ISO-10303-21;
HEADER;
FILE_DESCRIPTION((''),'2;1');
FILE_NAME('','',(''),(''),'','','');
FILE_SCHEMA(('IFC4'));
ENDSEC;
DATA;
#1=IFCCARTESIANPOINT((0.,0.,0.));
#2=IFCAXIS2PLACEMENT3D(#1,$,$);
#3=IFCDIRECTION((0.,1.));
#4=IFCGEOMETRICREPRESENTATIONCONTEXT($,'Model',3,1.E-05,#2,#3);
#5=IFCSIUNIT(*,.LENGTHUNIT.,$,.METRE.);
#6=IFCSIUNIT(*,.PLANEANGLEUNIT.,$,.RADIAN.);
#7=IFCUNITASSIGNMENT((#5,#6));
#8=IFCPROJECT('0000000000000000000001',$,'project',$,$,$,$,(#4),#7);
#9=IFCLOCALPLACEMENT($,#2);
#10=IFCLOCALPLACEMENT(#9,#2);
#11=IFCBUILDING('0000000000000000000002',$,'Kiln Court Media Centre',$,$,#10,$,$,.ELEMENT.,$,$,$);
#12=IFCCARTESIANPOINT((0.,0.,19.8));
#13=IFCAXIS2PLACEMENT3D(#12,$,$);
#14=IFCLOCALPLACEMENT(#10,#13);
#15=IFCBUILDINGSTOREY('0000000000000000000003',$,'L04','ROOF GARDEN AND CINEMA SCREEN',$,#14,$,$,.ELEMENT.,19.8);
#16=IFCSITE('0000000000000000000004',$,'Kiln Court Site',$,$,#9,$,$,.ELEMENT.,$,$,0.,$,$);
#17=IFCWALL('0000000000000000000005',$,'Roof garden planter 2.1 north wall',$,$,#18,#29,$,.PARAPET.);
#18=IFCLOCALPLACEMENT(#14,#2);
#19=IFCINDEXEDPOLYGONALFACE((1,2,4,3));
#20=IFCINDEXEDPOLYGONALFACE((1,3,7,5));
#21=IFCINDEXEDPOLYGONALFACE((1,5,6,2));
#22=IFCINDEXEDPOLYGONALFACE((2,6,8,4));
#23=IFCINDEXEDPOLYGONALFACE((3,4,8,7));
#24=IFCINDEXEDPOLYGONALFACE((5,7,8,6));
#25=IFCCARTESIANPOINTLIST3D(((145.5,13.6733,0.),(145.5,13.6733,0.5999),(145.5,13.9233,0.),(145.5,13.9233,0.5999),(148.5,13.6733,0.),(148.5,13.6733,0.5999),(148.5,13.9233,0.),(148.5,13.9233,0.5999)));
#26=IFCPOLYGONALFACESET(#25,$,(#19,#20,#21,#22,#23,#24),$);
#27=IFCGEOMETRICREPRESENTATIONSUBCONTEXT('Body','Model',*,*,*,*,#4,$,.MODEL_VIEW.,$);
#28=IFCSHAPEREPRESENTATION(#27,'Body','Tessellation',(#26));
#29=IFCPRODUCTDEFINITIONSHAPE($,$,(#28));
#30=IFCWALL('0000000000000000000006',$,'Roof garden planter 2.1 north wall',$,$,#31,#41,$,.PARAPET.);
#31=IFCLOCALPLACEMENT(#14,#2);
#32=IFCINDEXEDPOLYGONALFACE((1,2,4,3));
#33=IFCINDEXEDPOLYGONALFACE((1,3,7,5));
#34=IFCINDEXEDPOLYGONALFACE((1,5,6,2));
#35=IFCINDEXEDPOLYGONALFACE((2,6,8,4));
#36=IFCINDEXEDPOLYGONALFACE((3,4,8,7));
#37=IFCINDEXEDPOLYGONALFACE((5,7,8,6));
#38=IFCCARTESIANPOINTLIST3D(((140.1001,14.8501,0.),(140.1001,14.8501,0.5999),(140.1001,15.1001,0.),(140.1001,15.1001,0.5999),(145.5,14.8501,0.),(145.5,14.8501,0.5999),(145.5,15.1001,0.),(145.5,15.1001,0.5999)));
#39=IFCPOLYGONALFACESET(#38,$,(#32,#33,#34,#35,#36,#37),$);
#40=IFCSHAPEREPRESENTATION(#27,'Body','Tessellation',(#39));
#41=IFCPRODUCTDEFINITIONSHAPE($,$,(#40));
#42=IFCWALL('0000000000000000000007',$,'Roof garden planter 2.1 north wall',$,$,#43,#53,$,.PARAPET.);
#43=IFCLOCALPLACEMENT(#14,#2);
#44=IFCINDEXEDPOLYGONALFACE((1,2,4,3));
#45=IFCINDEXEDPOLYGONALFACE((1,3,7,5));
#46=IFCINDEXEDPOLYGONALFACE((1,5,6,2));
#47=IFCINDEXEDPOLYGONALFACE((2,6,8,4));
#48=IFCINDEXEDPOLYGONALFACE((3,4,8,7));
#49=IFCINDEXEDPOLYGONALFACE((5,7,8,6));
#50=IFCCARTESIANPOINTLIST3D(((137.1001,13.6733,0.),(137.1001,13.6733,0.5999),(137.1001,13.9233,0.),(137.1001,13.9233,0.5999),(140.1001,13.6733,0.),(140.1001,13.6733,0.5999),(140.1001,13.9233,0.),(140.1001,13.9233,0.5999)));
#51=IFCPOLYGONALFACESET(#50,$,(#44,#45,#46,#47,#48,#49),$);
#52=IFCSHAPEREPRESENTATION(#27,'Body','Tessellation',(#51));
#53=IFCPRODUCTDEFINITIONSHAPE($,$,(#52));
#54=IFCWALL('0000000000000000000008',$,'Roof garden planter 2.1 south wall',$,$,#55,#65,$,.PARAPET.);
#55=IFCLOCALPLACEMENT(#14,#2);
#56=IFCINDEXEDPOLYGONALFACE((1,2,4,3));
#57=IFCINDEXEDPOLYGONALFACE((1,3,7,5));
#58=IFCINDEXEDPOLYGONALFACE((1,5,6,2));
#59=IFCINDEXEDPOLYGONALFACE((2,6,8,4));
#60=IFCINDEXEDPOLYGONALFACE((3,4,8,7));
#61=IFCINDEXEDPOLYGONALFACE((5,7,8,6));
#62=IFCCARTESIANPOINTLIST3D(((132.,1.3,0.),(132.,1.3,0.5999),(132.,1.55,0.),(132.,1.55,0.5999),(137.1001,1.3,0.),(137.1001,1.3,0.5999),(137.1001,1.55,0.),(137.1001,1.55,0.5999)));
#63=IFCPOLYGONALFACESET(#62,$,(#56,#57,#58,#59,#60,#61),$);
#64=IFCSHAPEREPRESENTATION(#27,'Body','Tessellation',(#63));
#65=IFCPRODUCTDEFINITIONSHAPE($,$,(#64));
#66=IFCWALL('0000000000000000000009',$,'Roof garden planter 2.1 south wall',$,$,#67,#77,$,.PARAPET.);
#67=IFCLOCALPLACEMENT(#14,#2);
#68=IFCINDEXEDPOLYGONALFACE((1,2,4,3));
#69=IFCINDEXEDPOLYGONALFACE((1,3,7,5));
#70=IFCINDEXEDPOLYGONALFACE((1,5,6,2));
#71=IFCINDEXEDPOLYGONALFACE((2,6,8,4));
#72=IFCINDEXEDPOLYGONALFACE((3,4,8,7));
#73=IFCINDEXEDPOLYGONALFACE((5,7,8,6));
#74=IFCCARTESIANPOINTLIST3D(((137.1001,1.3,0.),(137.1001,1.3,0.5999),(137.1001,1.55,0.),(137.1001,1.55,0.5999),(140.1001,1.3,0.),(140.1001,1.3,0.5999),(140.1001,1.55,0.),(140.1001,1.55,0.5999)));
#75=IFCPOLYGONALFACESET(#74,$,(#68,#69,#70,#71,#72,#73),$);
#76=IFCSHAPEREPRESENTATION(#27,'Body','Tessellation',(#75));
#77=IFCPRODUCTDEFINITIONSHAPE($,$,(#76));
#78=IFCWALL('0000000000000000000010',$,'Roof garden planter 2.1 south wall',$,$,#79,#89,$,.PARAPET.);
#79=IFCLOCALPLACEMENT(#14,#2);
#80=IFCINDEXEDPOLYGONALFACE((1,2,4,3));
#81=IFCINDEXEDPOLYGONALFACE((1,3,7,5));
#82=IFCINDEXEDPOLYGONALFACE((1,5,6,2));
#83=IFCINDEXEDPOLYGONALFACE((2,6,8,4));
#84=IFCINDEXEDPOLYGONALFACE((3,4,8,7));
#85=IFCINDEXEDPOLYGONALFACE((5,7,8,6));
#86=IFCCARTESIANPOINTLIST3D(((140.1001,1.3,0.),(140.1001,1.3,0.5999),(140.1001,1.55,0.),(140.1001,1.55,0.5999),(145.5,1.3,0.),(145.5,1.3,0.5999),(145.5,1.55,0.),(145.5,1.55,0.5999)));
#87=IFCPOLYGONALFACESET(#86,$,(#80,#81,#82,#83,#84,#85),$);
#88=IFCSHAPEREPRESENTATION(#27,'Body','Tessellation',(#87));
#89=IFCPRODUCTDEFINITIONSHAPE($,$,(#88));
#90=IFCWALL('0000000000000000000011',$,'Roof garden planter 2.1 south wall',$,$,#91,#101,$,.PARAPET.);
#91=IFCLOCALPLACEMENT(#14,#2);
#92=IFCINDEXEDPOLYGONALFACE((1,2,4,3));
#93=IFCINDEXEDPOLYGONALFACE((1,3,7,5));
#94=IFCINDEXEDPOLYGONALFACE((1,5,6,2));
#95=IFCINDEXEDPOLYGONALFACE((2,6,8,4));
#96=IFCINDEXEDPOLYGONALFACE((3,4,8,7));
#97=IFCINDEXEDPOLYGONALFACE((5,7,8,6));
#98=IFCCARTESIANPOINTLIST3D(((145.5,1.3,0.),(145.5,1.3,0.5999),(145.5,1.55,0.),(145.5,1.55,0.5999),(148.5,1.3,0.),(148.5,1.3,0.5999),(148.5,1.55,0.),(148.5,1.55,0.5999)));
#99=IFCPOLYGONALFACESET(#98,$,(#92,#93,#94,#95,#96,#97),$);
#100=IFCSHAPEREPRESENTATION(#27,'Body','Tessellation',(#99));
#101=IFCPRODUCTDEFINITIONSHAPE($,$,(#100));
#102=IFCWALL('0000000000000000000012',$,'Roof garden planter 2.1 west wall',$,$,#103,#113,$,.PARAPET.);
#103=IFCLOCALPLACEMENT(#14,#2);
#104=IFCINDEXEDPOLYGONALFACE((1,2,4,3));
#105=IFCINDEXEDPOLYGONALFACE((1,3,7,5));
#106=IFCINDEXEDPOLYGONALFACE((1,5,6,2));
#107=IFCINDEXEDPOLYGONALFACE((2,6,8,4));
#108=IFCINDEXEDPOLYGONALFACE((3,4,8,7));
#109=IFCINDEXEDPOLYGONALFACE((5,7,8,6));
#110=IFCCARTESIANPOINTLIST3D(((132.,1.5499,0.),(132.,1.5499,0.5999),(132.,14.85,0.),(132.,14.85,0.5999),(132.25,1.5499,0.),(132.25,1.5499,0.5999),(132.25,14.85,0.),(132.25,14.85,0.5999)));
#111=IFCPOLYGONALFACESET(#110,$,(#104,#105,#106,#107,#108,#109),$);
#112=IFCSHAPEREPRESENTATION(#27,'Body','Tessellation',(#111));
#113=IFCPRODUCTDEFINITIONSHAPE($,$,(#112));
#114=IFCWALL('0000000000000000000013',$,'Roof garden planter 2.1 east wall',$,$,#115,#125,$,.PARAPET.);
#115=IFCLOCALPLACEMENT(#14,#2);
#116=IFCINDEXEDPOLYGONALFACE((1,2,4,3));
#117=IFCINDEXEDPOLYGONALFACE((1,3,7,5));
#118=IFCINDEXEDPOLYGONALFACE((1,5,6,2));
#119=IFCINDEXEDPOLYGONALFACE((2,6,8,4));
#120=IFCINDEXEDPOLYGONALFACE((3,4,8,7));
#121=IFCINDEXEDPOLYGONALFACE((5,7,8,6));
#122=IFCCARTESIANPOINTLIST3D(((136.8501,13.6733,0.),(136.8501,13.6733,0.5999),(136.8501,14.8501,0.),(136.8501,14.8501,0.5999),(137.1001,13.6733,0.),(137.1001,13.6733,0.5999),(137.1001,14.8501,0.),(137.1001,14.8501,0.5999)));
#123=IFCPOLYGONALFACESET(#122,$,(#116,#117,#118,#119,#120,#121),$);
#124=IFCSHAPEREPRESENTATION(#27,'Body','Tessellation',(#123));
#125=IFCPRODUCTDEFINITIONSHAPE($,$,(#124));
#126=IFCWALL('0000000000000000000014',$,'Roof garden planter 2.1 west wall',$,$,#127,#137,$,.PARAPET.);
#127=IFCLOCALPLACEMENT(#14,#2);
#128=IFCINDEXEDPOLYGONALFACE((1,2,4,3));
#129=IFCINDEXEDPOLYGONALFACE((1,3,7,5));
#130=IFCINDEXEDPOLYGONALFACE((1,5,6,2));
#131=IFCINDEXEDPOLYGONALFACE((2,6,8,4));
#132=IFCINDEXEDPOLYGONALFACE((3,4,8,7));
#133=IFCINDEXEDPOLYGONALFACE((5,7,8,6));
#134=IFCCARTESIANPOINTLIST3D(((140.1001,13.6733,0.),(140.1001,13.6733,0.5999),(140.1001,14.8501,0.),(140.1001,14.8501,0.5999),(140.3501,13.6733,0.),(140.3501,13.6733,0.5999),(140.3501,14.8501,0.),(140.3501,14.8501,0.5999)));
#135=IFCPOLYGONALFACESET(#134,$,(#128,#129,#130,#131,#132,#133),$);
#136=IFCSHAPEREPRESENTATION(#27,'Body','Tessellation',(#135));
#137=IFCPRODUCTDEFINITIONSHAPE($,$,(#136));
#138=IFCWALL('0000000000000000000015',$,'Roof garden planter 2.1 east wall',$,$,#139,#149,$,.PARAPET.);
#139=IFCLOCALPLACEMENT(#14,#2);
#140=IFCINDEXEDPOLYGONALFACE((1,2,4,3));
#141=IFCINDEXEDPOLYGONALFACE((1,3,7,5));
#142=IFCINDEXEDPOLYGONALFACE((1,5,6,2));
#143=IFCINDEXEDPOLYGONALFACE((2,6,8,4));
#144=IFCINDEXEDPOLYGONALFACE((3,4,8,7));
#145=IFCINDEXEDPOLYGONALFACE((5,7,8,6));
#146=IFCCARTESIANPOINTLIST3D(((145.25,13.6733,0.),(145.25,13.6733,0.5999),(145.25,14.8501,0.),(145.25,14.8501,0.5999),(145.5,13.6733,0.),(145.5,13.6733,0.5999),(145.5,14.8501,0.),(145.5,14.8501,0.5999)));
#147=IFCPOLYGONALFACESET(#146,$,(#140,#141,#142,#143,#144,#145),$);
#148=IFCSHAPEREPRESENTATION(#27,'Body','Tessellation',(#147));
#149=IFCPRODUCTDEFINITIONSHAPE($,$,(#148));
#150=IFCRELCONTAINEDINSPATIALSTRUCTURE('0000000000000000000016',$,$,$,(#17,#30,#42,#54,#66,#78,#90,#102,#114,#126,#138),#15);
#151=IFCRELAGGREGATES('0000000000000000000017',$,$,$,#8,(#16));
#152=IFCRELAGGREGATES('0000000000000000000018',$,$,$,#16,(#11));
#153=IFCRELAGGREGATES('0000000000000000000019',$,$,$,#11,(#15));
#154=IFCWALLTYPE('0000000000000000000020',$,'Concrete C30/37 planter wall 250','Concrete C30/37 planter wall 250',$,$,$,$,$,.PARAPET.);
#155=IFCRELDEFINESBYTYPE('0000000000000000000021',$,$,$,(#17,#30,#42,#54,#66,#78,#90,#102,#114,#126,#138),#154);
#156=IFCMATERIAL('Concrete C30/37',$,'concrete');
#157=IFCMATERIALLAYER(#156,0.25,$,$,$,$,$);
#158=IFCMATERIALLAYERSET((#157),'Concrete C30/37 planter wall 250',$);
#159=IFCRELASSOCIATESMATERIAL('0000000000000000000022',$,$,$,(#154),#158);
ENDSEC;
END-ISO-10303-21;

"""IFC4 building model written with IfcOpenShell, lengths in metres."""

from ifc_helpers import new_model, si_unit, direction, frame, frame_2d, origin, place, context, subcontext, project, spatial, rectangle, extrude, material, layer, layer_set, type_object, element, save


model = new_model("IFC4")

# Units and contexts
model_context = context("Model", 3, precision=1e-05, world=origin(), true_north=direction((0.0, 1.0)))
body_context = subcontext(model_context, "Body", "Model", "MODEL_VIEW")
ifc_project = project(units=[si_unit("LENGTHUNIT", "METRE"), si_unit("PLANEANGLEUNIT", "RADIAN")], contexts=[model_context])

# Site, building, storey
site_placement = place(None, origin())
site = spatial("IfcSite", under=ifc_project, at=site_placement, Name="Kiln Court Site", CompositionType="ELEMENT", RefElevation=0.0)
building_placement = place(site_placement, origin())
building = spatial("IfcBuilding", under=site, at=building_placement, Name="Kiln Court Media Centre", CompositionType="ELEMENT")
storey_placement = place(building_placement, frame((0.0, 0.0, 19.8)))
storey = spatial("IfcBuildingStorey", under=building, at=storey_placement, Name="L04", Description="ROOF GARDEN AND CINEMA SCREEN", CompositionType="ELEMENT", Elevation=19.8)

# Walls
ifc_material_1 = material(Name="Concrete C30/37", Category="concrete")
ifc_layer = layer(ifc_material_1, 0.25)
ifc_layer_set = layer_set([ifc_layer], Name="Concrete C30/37 planter wall 250")
wall_type = type_object("IfcWallType", Name="Concrete C30/37 planter wall 250", Description="Concrete C30/37 planter wall 250", PredefinedType="PARAPET", material=ifc_layer_set)
wall_1_placement = place(storey_placement, frame((145.5, 13.7983, 0.0), z_axis=(0.0, 0.0, 1.0), x_axis=(1.0, 0.0, 0.0)))
element("IfcWall", 1, at=wall_1_placement, inside=storey, type_object=wall_type, Name="Roof garden planter 2.1 north wall", PredefinedType="PARAPET", context=body_context, shape_type="SweptSolid", body=[
    extrude(rectangle(XDim=3.0, YDim=0.25, at=frame_2d((1.5, 0.0))), origin(), (0.0, 0.0, 1.0), 0.5999),
])
wall_2_placement = place(storey_placement, frame((140.1001, 14.9751, 0.0), z_axis=(0.0, 0.0, 1.0), x_axis=(1.0, 0.0, 0.0)))
element("IfcWall", 2, at=wall_2_placement, inside=storey, type_object=wall_type, Name="Roof garden planter 2.1 north wall", PredefinedType="PARAPET", context=body_context, shape_type="SweptSolid", body=[
    extrude(rectangle(XDim=5.3999, YDim=0.25, at=frame_2d((2.7, 0.0))), origin(), (0.0, 0.0, 1.0), 0.5999),
])
wall_3_placement = place(storey_placement, frame((137.1001, 13.7983, 0.0), z_axis=(0.0, 0.0, 1.0), x_axis=(1.0, 0.0, 0.0)))
element("IfcWall", 3, at=wall_3_placement, inside=storey, type_object=wall_type, Name="Roof garden planter 2.1 north wall", PredefinedType="PARAPET", context=body_context, shape_type="SweptSolid", body=[
    extrude(rectangle(XDim=3.0, YDim=0.25, at=frame_2d((1.5, 0.0))), origin(), (0.0, 0.0, 1.0), 0.5999),
])
wall_4_placement = place(storey_placement, frame((132.0, 1.425, 0.0), z_axis=(0.0, 0.0, 1.0), x_axis=(1.0, 0.0, 0.0)))
element("IfcWall", 4, at=wall_4_placement, inside=storey, type_object=wall_type, Name="Roof garden planter 2.1 south wall", PredefinedType="PARAPET", context=body_context, shape_type="SweptSolid", body=[
    extrude(rectangle(XDim=5.1001, YDim=0.25, at=frame_2d((2.55, 0.0))), origin(), (0.0, 0.0, 1.0), 0.5999),
])
wall_5_placement = place(storey_placement, frame((137.1001, 1.425, 0.0), z_axis=(0.0, 0.0, 1.0), x_axis=(1.0, 0.0, 0.0)))
element("IfcWall", 5, at=wall_5_placement, inside=storey, type_object=wall_type, Name="Roof garden planter 2.1 south wall", PredefinedType="PARAPET", context=body_context, shape_type="SweptSolid", body=[
    extrude(rectangle(XDim=3.0, YDim=0.25, at=frame_2d((1.5, 0.0))), origin(), (0.0, 0.0, 1.0), 0.5999),
])
wall_6_placement = place(storey_placement, frame((140.1001, 1.425, 0.0), z_axis=(0.0, 0.0, 1.0), x_axis=(1.0, 0.0, 0.0)))
element("IfcWall", 6, at=wall_6_placement, inside=storey, type_object=wall_type, Name="Roof garden planter 2.1 south wall", PredefinedType="PARAPET", context=body_context, shape_type="SweptSolid", body=[
    extrude(rectangle(XDim=5.3999, YDim=0.25, at=frame_2d((2.7, 0.0))), origin(), (0.0, 0.0, 1.0), 0.5999),
])
wall_7_placement = place(storey_placement, frame((145.5, 1.425, 0.0), z_axis=(0.0, 0.0, 1.0), x_axis=(1.0, 0.0, 0.0)))
element("IfcWall", 7, at=wall_7_placement, inside=storey, type_object=wall_type, Name="Roof garden planter 2.1 south wall", PredefinedType="PARAPET", context=body_context, shape_type="SweptSolid", body=[
    extrude(rectangle(XDim=3.0, YDim=0.25, at=frame_2d((1.5, 0.0))), origin(), (0.0, 0.0, 1.0), 0.5999),
])
wall_8_placement = place(storey_placement, frame((132.125, 1.55, 0.0), z_axis=(0.0, 0.0, 1.0), x_axis=(0.0, 1.0, 0.0)))
element("IfcWall", 8, at=wall_8_placement, inside=storey, type_object=wall_type, Name="Roof garden planter 2.1 west wall", PredefinedType="PARAPET", context=body_context, shape_type="SweptSolid", body=[
    extrude(rectangle(XDim=13.3, YDim=0.25, at=frame_2d((6.6499, 0.0))), origin(), (0.0, 0.0, 1.0), 0.5999),
])
for number, where, z_axis, x_axis, name in (
    (9, (136.9751, 13.6733, 0.0), (0.0, 0.0, 1.0), (0.0, 1.0, 0.0), "Roof garden planter 2.1 east wall"),
    (10, (140.2251, 13.6733, 0.0), (0.0, 0.0, 1.0), (0.0, 1.0, 0.0), "Roof garden planter 2.1 west wall"),
    (11, (145.375, 13.6733, 0.0), (0.0, 0.0, 1.0), (0.0, 1.0, 0.0), "Roof garden planter 2.1 east wall"),
):
    element("IfcWall", number, at=place(storey_placement, frame(where, z_axis=z_axis, x_axis=x_axis)), inside=storey, type_object=wall_type, Name=name, PredefinedType="PARAPET", context=body_context, shape_type="SweptSolid", body=[
        extrude(rectangle(XDim=1.1768, YDim=0.25, at=frame_2d((0.5884, 0.0))), origin(), (0.0, 0.0, 1.0), 0.5999),
    ])

save(model, "model.ifc")
